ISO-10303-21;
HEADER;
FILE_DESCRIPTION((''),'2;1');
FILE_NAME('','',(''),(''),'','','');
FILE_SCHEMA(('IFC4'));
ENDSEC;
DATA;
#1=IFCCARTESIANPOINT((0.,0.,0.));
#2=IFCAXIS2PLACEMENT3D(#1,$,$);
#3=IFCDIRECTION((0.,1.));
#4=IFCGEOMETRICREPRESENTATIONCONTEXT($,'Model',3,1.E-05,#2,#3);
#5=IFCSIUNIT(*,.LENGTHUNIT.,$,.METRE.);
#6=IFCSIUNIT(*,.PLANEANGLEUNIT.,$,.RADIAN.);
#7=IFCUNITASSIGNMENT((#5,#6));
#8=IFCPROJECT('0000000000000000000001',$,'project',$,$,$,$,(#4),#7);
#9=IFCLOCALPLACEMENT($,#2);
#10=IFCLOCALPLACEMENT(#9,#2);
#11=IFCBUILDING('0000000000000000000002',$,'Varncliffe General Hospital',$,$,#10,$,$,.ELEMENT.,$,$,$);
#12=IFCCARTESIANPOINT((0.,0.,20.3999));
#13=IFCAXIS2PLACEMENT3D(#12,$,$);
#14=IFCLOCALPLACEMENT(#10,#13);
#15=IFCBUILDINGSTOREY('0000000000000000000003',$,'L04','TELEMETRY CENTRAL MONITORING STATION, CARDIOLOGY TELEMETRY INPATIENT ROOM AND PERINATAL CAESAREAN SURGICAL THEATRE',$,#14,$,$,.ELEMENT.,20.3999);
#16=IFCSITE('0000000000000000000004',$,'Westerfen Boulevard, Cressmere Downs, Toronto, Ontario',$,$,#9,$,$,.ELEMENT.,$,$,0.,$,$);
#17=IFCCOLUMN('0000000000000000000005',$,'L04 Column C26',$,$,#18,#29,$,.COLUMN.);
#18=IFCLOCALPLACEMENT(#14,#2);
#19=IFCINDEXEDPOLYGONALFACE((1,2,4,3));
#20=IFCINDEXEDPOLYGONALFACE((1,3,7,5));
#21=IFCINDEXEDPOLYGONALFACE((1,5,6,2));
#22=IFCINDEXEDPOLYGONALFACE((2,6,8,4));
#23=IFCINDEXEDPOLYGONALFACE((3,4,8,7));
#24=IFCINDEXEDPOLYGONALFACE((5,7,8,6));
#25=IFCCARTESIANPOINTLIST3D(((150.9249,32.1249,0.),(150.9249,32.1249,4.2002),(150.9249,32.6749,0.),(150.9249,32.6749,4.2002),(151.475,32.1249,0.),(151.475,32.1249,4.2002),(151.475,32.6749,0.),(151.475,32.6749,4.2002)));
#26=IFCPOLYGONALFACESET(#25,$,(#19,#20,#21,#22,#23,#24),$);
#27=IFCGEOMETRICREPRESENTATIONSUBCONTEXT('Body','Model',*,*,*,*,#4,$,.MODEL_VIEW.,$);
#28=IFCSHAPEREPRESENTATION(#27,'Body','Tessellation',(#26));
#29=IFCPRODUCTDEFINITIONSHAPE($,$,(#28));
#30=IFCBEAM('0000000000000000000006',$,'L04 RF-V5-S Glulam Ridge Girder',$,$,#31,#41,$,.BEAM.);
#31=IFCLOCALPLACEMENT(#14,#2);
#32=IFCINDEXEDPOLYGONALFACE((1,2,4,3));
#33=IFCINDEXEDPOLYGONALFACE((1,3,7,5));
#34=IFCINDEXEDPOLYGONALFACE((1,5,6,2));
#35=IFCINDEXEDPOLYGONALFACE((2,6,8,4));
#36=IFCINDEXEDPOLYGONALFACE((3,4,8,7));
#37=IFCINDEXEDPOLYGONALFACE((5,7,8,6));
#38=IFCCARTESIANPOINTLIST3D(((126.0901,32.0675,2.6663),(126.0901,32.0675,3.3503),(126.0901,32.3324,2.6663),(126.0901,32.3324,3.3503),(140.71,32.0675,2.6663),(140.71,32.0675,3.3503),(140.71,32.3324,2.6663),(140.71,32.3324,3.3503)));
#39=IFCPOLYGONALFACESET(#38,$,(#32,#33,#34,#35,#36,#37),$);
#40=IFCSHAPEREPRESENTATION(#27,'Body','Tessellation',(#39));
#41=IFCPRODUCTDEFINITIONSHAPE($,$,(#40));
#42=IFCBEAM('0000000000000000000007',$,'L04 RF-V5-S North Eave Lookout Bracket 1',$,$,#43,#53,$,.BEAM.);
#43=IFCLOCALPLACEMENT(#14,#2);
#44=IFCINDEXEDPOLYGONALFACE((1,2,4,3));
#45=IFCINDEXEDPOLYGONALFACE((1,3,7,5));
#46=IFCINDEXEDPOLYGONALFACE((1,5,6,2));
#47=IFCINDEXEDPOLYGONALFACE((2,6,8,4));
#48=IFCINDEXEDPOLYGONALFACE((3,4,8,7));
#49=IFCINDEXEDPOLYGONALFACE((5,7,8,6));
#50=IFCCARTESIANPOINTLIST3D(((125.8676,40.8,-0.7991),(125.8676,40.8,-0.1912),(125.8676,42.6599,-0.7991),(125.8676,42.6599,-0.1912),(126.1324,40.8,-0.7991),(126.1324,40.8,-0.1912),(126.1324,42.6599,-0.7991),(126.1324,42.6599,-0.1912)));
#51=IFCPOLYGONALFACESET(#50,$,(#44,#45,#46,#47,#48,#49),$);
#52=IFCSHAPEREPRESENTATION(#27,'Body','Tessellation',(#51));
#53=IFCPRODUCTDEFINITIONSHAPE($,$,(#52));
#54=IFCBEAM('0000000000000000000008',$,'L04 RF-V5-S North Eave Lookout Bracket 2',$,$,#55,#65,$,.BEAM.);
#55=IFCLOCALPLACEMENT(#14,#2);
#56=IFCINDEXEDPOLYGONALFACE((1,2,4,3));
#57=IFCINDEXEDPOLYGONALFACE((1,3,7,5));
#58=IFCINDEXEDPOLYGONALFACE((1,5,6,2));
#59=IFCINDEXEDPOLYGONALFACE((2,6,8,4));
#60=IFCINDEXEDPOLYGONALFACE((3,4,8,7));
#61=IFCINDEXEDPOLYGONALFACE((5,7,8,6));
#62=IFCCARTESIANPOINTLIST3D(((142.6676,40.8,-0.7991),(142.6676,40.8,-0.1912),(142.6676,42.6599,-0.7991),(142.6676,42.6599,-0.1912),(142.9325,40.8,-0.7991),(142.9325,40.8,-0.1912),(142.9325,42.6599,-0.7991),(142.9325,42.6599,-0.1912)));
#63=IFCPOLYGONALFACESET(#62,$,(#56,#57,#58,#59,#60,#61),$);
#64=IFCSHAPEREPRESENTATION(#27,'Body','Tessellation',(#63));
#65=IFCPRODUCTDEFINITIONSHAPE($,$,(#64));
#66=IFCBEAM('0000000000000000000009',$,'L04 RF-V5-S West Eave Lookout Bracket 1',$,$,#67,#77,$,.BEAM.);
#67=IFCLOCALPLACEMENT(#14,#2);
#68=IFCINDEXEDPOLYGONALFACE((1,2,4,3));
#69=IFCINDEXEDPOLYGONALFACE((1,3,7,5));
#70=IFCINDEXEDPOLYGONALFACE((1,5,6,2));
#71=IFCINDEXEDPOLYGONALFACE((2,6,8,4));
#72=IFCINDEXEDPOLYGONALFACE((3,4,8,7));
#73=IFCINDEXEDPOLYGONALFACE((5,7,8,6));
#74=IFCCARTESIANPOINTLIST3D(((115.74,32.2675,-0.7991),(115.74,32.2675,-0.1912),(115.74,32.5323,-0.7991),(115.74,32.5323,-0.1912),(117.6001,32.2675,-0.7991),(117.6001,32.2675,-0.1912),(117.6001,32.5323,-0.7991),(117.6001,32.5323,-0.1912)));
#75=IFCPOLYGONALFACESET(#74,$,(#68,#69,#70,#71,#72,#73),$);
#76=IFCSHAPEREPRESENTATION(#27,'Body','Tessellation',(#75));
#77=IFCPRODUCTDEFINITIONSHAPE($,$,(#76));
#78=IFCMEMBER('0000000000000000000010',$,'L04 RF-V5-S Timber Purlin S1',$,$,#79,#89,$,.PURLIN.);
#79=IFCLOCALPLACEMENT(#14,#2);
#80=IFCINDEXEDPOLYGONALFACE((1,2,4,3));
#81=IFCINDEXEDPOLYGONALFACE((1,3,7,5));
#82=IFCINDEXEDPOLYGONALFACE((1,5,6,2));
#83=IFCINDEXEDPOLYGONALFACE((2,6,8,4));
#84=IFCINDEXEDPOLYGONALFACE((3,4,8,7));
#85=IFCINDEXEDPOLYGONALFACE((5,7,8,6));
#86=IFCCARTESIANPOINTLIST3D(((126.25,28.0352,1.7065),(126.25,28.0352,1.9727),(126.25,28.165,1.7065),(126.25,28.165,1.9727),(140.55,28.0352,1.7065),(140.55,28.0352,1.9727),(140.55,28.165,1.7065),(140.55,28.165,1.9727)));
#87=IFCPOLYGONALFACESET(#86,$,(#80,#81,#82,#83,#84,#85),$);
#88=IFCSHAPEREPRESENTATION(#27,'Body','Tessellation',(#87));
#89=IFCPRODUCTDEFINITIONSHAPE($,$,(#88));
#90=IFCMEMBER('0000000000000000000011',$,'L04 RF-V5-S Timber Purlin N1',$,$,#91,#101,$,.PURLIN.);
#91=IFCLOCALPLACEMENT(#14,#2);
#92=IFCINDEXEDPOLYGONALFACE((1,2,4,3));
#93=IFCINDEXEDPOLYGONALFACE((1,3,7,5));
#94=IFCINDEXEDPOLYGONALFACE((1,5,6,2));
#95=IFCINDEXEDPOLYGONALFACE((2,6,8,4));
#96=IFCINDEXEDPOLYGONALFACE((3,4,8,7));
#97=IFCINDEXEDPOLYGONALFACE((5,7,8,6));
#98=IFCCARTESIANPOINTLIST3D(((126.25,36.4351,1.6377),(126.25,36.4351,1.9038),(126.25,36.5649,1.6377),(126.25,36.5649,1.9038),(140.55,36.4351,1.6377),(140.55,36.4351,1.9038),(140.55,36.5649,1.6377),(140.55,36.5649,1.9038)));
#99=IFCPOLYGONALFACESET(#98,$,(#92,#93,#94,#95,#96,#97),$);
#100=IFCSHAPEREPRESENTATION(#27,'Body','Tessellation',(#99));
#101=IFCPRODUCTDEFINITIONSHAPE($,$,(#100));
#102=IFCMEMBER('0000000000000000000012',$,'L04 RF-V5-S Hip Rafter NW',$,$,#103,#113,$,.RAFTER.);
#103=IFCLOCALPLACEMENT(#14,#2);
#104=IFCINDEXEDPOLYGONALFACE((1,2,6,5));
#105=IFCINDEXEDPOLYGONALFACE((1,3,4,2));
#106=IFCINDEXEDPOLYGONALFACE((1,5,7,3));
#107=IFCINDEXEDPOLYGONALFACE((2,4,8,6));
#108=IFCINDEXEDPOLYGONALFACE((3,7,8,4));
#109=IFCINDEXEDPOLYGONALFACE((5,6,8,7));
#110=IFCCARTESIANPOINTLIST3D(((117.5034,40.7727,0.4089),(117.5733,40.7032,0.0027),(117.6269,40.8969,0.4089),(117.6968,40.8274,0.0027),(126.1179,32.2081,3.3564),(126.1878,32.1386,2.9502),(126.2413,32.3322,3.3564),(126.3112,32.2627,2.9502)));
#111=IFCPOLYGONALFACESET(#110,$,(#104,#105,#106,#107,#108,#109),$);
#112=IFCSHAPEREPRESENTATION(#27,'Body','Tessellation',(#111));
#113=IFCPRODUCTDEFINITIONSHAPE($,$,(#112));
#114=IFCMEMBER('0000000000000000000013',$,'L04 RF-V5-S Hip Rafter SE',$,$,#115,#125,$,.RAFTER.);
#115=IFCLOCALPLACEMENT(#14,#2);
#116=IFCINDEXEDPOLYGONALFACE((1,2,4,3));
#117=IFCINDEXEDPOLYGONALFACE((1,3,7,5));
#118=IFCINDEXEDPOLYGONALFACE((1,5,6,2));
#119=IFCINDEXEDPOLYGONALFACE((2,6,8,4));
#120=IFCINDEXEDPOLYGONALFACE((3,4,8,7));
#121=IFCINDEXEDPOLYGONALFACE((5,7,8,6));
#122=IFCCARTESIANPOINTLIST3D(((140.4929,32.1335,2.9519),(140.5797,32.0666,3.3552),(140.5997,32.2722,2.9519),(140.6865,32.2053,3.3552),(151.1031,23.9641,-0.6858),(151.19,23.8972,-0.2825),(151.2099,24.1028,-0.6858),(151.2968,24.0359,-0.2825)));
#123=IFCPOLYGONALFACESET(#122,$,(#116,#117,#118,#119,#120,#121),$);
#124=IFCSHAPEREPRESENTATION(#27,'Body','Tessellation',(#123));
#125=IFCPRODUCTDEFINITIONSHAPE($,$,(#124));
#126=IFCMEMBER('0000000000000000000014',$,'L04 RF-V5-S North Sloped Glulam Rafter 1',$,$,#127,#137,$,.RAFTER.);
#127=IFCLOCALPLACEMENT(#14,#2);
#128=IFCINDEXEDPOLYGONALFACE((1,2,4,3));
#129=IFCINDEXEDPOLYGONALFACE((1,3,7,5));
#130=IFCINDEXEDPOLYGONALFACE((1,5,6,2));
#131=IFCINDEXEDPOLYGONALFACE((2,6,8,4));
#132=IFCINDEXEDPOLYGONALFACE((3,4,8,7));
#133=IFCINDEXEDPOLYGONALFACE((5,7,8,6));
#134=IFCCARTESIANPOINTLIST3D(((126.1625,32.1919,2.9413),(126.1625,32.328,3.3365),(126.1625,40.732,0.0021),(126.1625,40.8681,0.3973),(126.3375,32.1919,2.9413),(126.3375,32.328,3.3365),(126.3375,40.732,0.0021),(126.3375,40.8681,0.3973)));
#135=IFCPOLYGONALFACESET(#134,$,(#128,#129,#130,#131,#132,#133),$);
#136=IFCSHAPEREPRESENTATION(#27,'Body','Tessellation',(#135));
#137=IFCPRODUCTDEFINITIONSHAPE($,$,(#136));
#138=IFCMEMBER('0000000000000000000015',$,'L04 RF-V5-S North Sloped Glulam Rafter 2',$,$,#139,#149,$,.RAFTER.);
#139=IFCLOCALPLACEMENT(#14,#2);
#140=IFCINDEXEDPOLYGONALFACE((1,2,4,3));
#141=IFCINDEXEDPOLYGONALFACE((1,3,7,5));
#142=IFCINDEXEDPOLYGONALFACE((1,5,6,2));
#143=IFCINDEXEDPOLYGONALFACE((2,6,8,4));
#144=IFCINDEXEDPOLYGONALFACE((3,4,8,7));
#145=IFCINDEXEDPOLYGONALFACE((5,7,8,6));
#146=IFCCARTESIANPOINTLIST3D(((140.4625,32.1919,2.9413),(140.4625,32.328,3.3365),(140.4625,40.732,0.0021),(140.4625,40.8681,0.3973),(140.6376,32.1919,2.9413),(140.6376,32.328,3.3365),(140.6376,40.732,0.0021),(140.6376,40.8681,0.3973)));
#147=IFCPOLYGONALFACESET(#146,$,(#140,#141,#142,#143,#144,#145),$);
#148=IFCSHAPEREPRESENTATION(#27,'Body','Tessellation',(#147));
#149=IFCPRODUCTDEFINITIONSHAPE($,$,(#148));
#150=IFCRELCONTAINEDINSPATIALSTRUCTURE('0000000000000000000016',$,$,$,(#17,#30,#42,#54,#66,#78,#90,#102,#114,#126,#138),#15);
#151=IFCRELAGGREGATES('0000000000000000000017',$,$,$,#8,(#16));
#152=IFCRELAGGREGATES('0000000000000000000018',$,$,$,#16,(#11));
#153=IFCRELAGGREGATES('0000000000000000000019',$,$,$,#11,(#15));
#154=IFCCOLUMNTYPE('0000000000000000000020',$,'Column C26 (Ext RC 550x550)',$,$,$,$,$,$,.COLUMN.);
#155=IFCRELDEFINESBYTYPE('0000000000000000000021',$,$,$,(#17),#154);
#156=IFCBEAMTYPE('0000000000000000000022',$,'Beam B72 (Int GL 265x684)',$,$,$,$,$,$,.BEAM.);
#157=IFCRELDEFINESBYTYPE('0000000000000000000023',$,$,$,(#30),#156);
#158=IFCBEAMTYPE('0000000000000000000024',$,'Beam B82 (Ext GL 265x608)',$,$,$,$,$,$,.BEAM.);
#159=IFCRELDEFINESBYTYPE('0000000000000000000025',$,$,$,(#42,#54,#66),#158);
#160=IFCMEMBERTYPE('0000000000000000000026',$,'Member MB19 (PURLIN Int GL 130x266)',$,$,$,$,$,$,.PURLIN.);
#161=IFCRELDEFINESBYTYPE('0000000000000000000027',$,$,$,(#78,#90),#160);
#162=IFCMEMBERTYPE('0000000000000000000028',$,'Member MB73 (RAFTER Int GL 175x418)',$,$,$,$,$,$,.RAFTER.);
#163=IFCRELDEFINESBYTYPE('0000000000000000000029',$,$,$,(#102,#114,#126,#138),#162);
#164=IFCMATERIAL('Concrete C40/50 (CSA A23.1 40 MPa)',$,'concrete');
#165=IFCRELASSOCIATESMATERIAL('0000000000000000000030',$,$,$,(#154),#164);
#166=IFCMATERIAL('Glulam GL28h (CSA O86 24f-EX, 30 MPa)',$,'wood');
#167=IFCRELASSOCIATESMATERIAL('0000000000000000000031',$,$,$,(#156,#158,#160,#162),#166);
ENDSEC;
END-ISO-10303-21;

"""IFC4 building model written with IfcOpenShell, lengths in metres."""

from ifc_helpers import new_model, si_unit, direction, frame, origin, origin_2d, place, context, subcontext, project, spatial, rectangle, extrude, material, material_profile, profile_set, type_object, element, save


model = new_model("IFC4")

# Units and contexts
model_context = context("Model", 3, precision=1e-05, world=origin(), true_north=direction((0.0, 1.0)))
body_context = subcontext(model_context, "Body", "Model", "MODEL_VIEW")
ifc_project = project(units=[si_unit("LENGTHUNIT", "METRE"), si_unit("PLANEANGLEUNIT", "RADIAN")], contexts=[model_context])

# Site, building, storey
site_placement = place(None, origin())
site = spatial("IfcSite", under=ifc_project, at=site_placement, Name="Westerfen Boulevard, Cressmere Downs, Toronto, Ontario", CompositionType="ELEMENT", RefElevation=0.0)
building_placement = place(site_placement, origin())
building = spatial("IfcBuilding", under=site, at=building_placement, Name="Varncliffe General Hospital", CompositionType="ELEMENT")
storey_placement = place(building_placement, frame((0.0, 0.0, 20.3999)))
storey = spatial("IfcBuildingStorey", under=building, at=storey_placement, Name="L04", Description="TELEMETRY CENTRAL MONITORING STATION, CARDIOLOGY TELEMETRY INPATIENT ROOM AND PERINATAL CAESAREAN SURGICAL THEATRE", CompositionType="ELEMENT", Elevation=20.3999)

# Column
ifc_material_1 = material(Name="Concrete C40/50 (CSA A23.1 40 MPa)", Category="concrete")
ifc_material_profile_1 = material_profile(ifc_material_1, rectangle(XDim=0.55, YDim=0.55, at=origin_2d()), Name="RC 550x550")
ifc_profile_set_1 = profile_set([ifc_material_profile_1], Name="Concrete C40/50 (CSA A23.1 40 MPa)")
column_type = type_object("IfcColumnType", Name="Column C26 (Ext RC 550x550)", PredefinedType="COLUMN", material=ifc_profile_set_1)
column_placement = place(storey_placement, frame((151.2, 32.3999, 0.0), z_axis=(0.0, 0.0, 1.0), x_axis=(1.0, 0.0, 0.0)))
element("IfcColumn", 1, at=column_placement, inside=storey, type_object=column_type, Name="L04 Column C26", PredefinedType="COLUMN", context=body_context, shape_type="SweptSolid", body=[
    extrude(rectangle(XDim=0.55, YDim=0.55, at=origin_2d()), origin(), (0.0, 0.0, 1.0), 4.2002),
])

# Beams
ifc_material_2 = material(Name="Glulam GL28h (CSA O86 24f-EX, 30 MPa)", Category="wood")
ifc_material_profile_2 = material_profile(ifc_material_2, rectangle(XDim=0.2649, YDim=0.6841, at=origin_2d()), Name="GL 265x684")
ifc_profile_set_2 = profile_set([ifc_material_profile_2], Name="Glulam GL28h (CSA O86 24f-EX, 30 MPa)")
beam_type_1 = type_object("IfcBeamType", Name="Beam B72 (Int GL 265x684)", PredefinedType="BEAM", material=ifc_profile_set_2)
beam_1_placement = place(storey_placement, frame((126.0901, 32.2, 3.0083), z_axis=(1.0, 0.0, 0.0), x_axis=(0.0, 1.0, 0.0)))
element("IfcBeam", 2, at=beam_1_placement, inside=storey, type_object=beam_type_1, Name="L04 RF-V5-S Glulam Ridge Girder", PredefinedType="BEAM", context=body_context, shape_type="SweptSolid", body=[
    extrude(rectangle(XDim=0.2649, YDim=0.6841, at=origin_2d()), origin(), (0.0, 0.0, 1.0), 14.6199),
])
ifc_material_profile_3 = material_profile(ifc_material_2, rectangle(XDim=0.2649, YDim=0.6079, at=origin_2d()), Name="GL 265x608")
ifc_profile_set_3 = profile_set([ifc_material_profile_3], Name="Glulam GL28h (CSA O86 24f-EX, 30 MPa)")
beam_type_2 = type_object("IfcBeamType", Name="Beam B82 (Ext GL 265x608)", PredefinedType="BEAM", material=ifc_profile_set_3)
for number, where, z_axis, x_axis, name in (
    (3, (126.0, 40.8, -0.4951), (0.0, 1.0, 0.0), (-1.0, 0.0, 0.0), "L04 RF-V5-S North Eave Lookout Bracket 1"),
    (4, (142.8, 40.8, -0.4951), (0.0, 1.0, 0.0), (-1.0, 0.0, 0.0), "L04 RF-V5-S North Eave Lookout Bracket 2"),
):
    element("IfcBeam", number, at=place(storey_placement, frame(where, z_axis=z_axis, x_axis=x_axis)), inside=storey, type_object=beam_type_2, Name=name, PredefinedType="BEAM", context=body_context, shape_type="SweptSolid", body=[
        extrude(rectangle(XDim=0.2649, YDim=0.6079, at=origin_2d()), origin(), (0.0, 0.0, 1.0), 1.8599),
    ])
beam_2_placement = place(storey_placement, frame((115.74, 32.3999, -0.4951), z_axis=(1.0, 0.0, 0.0), x_axis=(0.0, 1.0, 0.0)))
element("IfcBeam", 5, at=beam_2_placement, inside=storey, type_object=beam_type_2, Name="L04 RF-V5-S West Eave Lookout Bracket 1", PredefinedType="BEAM", context=body_context, shape_type="SweptSolid", body=[
    extrude(rectangle(XDim=0.2649, YDim=0.6079, at=origin_2d()), origin(), (0.0, 0.0, 1.0), 1.8601),
])

# Members
ifc_material_profile_4 = material_profile(ifc_material_2, rectangle(XDim=0.1299, YDim=0.2661, at=origin_2d()), Name="GL 130x266")
ifc_profile_set_4 = profile_set([ifc_material_profile_4], Name="Glulam GL28h (CSA O86 24f-EX, 30 MPa)")
member_type_1 = type_object("IfcMemberType", Name="Member MB19 (PURLIN Int GL 130x266)", PredefinedType="PURLIN", material=ifc_profile_set_4)
for number, where, z_axis, x_axis, name in (
    (6, (126.25, 28.1001, 1.8396), (1.0, 0.0, 0.0), (0.0, 1.0, 0.0), "L04 RF-V5-S Timber Purlin S1"),
    (7, (126.25, 36.5, 1.7708), (1.0, 0.0, 0.0), (0.0, 1.0, 0.0), "L04 RF-V5-S Timber Purlin N1"),
):
    element("IfcMember", number, at=place(storey_placement, frame(where, z_axis=z_axis, x_axis=x_axis)), inside=storey, type_object=member_type_1, Name=name, PredefinedType="PURLIN", context=body_context, shape_type="SweptSolid", body=[
        extrude(rectangle(XDim=0.1299, YDim=0.2661, at=origin_2d()), origin(), (0.0, 0.0, 1.0), 14.3),
    ])
ifc_material_profile_5 = material_profile(ifc_material_2, rectangle(XDim=0.175, YDim=0.418, at=origin_2d()), Name="GL 175x418")
ifc_profile_set_5 = profile_set([ifc_material_profile_5], Name="Glulam GL28h (CSA O86 24f-EX, 30 MPa)")
member_type_2 = type_object("IfcMemberType", Name="Member MB73 (RAFTER Int GL 175x418)", PredefinedType="RAFTER", material=ifc_profile_set_5)
member_1_placement = place(storey_placement, frame((117.6001, 40.8, 0.2058), z_axis=(0.689157, -0.685172, 0.2358), x_axis=(0.705054, 0.709154, 0.0)))
element("IfcMember", 8, at=member_1_placement, inside=storey, type_object=member_type_2, Name="L04 RF-V5-S Hip Rafter NW", PredefinedType="RAFTER", context=body_context, shape_type="SweptSolid", body=[
    extrude(rectangle(XDim=0.175, YDim=0.418, at=origin_2d()), origin(), (0.0, 0.0, 1.0), 12.5),
])
member_2_placement = place(storey_placement, frame((151.2, 24.0, -0.4841), z_axis=(-0.764638, 0.588732, 0.262151), x_axis=(-0.610068, -0.792349, 0.0)))
element("IfcMember", 9, at=member_2_placement, inside=storey, type_object=member_type_2, Name="L04 RF-V5-S Hip Rafter SE", PredefinedType="RAFTER", context=body_context, shape_type="SweptSolid", body=[
    extrude(rectangle(XDim=0.175, YDim=0.418, at=origin_2d()), origin(), (0.0, 0.0, 1.0), 13.8762),
])
for number, where, z_axis, x_axis, name in (
    (10, (126.25, 40.8, 0.1997), (0.0, -0.945565, 0.325433), (1.0, 0.0, 0.0), "L04 RF-V5-S North Sloped Glulam Rafter 1"),
    (11, (140.55, 40.8, 0.1997), (0.0, -0.945565, 0.325433), (1.0, 0.0, 0.0), "L04 RF-V5-S North Sloped Glulam Rafter 2"),
):
    element("IfcMember", number, at=place(storey_placement, frame(where, z_axis=z_axis, x_axis=x_axis)), inside=storey, type_object=member_type_2, Name=name, PredefinedType="RAFTER", context=body_context, shape_type="SweptSolid", body=[
        extrude(rectangle(XDim=0.175, YDim=0.418, at=origin_2d()), origin(), (0.0, 0.0, 1.0), 9.0317),
    ])

save(model, "model.ifc")
